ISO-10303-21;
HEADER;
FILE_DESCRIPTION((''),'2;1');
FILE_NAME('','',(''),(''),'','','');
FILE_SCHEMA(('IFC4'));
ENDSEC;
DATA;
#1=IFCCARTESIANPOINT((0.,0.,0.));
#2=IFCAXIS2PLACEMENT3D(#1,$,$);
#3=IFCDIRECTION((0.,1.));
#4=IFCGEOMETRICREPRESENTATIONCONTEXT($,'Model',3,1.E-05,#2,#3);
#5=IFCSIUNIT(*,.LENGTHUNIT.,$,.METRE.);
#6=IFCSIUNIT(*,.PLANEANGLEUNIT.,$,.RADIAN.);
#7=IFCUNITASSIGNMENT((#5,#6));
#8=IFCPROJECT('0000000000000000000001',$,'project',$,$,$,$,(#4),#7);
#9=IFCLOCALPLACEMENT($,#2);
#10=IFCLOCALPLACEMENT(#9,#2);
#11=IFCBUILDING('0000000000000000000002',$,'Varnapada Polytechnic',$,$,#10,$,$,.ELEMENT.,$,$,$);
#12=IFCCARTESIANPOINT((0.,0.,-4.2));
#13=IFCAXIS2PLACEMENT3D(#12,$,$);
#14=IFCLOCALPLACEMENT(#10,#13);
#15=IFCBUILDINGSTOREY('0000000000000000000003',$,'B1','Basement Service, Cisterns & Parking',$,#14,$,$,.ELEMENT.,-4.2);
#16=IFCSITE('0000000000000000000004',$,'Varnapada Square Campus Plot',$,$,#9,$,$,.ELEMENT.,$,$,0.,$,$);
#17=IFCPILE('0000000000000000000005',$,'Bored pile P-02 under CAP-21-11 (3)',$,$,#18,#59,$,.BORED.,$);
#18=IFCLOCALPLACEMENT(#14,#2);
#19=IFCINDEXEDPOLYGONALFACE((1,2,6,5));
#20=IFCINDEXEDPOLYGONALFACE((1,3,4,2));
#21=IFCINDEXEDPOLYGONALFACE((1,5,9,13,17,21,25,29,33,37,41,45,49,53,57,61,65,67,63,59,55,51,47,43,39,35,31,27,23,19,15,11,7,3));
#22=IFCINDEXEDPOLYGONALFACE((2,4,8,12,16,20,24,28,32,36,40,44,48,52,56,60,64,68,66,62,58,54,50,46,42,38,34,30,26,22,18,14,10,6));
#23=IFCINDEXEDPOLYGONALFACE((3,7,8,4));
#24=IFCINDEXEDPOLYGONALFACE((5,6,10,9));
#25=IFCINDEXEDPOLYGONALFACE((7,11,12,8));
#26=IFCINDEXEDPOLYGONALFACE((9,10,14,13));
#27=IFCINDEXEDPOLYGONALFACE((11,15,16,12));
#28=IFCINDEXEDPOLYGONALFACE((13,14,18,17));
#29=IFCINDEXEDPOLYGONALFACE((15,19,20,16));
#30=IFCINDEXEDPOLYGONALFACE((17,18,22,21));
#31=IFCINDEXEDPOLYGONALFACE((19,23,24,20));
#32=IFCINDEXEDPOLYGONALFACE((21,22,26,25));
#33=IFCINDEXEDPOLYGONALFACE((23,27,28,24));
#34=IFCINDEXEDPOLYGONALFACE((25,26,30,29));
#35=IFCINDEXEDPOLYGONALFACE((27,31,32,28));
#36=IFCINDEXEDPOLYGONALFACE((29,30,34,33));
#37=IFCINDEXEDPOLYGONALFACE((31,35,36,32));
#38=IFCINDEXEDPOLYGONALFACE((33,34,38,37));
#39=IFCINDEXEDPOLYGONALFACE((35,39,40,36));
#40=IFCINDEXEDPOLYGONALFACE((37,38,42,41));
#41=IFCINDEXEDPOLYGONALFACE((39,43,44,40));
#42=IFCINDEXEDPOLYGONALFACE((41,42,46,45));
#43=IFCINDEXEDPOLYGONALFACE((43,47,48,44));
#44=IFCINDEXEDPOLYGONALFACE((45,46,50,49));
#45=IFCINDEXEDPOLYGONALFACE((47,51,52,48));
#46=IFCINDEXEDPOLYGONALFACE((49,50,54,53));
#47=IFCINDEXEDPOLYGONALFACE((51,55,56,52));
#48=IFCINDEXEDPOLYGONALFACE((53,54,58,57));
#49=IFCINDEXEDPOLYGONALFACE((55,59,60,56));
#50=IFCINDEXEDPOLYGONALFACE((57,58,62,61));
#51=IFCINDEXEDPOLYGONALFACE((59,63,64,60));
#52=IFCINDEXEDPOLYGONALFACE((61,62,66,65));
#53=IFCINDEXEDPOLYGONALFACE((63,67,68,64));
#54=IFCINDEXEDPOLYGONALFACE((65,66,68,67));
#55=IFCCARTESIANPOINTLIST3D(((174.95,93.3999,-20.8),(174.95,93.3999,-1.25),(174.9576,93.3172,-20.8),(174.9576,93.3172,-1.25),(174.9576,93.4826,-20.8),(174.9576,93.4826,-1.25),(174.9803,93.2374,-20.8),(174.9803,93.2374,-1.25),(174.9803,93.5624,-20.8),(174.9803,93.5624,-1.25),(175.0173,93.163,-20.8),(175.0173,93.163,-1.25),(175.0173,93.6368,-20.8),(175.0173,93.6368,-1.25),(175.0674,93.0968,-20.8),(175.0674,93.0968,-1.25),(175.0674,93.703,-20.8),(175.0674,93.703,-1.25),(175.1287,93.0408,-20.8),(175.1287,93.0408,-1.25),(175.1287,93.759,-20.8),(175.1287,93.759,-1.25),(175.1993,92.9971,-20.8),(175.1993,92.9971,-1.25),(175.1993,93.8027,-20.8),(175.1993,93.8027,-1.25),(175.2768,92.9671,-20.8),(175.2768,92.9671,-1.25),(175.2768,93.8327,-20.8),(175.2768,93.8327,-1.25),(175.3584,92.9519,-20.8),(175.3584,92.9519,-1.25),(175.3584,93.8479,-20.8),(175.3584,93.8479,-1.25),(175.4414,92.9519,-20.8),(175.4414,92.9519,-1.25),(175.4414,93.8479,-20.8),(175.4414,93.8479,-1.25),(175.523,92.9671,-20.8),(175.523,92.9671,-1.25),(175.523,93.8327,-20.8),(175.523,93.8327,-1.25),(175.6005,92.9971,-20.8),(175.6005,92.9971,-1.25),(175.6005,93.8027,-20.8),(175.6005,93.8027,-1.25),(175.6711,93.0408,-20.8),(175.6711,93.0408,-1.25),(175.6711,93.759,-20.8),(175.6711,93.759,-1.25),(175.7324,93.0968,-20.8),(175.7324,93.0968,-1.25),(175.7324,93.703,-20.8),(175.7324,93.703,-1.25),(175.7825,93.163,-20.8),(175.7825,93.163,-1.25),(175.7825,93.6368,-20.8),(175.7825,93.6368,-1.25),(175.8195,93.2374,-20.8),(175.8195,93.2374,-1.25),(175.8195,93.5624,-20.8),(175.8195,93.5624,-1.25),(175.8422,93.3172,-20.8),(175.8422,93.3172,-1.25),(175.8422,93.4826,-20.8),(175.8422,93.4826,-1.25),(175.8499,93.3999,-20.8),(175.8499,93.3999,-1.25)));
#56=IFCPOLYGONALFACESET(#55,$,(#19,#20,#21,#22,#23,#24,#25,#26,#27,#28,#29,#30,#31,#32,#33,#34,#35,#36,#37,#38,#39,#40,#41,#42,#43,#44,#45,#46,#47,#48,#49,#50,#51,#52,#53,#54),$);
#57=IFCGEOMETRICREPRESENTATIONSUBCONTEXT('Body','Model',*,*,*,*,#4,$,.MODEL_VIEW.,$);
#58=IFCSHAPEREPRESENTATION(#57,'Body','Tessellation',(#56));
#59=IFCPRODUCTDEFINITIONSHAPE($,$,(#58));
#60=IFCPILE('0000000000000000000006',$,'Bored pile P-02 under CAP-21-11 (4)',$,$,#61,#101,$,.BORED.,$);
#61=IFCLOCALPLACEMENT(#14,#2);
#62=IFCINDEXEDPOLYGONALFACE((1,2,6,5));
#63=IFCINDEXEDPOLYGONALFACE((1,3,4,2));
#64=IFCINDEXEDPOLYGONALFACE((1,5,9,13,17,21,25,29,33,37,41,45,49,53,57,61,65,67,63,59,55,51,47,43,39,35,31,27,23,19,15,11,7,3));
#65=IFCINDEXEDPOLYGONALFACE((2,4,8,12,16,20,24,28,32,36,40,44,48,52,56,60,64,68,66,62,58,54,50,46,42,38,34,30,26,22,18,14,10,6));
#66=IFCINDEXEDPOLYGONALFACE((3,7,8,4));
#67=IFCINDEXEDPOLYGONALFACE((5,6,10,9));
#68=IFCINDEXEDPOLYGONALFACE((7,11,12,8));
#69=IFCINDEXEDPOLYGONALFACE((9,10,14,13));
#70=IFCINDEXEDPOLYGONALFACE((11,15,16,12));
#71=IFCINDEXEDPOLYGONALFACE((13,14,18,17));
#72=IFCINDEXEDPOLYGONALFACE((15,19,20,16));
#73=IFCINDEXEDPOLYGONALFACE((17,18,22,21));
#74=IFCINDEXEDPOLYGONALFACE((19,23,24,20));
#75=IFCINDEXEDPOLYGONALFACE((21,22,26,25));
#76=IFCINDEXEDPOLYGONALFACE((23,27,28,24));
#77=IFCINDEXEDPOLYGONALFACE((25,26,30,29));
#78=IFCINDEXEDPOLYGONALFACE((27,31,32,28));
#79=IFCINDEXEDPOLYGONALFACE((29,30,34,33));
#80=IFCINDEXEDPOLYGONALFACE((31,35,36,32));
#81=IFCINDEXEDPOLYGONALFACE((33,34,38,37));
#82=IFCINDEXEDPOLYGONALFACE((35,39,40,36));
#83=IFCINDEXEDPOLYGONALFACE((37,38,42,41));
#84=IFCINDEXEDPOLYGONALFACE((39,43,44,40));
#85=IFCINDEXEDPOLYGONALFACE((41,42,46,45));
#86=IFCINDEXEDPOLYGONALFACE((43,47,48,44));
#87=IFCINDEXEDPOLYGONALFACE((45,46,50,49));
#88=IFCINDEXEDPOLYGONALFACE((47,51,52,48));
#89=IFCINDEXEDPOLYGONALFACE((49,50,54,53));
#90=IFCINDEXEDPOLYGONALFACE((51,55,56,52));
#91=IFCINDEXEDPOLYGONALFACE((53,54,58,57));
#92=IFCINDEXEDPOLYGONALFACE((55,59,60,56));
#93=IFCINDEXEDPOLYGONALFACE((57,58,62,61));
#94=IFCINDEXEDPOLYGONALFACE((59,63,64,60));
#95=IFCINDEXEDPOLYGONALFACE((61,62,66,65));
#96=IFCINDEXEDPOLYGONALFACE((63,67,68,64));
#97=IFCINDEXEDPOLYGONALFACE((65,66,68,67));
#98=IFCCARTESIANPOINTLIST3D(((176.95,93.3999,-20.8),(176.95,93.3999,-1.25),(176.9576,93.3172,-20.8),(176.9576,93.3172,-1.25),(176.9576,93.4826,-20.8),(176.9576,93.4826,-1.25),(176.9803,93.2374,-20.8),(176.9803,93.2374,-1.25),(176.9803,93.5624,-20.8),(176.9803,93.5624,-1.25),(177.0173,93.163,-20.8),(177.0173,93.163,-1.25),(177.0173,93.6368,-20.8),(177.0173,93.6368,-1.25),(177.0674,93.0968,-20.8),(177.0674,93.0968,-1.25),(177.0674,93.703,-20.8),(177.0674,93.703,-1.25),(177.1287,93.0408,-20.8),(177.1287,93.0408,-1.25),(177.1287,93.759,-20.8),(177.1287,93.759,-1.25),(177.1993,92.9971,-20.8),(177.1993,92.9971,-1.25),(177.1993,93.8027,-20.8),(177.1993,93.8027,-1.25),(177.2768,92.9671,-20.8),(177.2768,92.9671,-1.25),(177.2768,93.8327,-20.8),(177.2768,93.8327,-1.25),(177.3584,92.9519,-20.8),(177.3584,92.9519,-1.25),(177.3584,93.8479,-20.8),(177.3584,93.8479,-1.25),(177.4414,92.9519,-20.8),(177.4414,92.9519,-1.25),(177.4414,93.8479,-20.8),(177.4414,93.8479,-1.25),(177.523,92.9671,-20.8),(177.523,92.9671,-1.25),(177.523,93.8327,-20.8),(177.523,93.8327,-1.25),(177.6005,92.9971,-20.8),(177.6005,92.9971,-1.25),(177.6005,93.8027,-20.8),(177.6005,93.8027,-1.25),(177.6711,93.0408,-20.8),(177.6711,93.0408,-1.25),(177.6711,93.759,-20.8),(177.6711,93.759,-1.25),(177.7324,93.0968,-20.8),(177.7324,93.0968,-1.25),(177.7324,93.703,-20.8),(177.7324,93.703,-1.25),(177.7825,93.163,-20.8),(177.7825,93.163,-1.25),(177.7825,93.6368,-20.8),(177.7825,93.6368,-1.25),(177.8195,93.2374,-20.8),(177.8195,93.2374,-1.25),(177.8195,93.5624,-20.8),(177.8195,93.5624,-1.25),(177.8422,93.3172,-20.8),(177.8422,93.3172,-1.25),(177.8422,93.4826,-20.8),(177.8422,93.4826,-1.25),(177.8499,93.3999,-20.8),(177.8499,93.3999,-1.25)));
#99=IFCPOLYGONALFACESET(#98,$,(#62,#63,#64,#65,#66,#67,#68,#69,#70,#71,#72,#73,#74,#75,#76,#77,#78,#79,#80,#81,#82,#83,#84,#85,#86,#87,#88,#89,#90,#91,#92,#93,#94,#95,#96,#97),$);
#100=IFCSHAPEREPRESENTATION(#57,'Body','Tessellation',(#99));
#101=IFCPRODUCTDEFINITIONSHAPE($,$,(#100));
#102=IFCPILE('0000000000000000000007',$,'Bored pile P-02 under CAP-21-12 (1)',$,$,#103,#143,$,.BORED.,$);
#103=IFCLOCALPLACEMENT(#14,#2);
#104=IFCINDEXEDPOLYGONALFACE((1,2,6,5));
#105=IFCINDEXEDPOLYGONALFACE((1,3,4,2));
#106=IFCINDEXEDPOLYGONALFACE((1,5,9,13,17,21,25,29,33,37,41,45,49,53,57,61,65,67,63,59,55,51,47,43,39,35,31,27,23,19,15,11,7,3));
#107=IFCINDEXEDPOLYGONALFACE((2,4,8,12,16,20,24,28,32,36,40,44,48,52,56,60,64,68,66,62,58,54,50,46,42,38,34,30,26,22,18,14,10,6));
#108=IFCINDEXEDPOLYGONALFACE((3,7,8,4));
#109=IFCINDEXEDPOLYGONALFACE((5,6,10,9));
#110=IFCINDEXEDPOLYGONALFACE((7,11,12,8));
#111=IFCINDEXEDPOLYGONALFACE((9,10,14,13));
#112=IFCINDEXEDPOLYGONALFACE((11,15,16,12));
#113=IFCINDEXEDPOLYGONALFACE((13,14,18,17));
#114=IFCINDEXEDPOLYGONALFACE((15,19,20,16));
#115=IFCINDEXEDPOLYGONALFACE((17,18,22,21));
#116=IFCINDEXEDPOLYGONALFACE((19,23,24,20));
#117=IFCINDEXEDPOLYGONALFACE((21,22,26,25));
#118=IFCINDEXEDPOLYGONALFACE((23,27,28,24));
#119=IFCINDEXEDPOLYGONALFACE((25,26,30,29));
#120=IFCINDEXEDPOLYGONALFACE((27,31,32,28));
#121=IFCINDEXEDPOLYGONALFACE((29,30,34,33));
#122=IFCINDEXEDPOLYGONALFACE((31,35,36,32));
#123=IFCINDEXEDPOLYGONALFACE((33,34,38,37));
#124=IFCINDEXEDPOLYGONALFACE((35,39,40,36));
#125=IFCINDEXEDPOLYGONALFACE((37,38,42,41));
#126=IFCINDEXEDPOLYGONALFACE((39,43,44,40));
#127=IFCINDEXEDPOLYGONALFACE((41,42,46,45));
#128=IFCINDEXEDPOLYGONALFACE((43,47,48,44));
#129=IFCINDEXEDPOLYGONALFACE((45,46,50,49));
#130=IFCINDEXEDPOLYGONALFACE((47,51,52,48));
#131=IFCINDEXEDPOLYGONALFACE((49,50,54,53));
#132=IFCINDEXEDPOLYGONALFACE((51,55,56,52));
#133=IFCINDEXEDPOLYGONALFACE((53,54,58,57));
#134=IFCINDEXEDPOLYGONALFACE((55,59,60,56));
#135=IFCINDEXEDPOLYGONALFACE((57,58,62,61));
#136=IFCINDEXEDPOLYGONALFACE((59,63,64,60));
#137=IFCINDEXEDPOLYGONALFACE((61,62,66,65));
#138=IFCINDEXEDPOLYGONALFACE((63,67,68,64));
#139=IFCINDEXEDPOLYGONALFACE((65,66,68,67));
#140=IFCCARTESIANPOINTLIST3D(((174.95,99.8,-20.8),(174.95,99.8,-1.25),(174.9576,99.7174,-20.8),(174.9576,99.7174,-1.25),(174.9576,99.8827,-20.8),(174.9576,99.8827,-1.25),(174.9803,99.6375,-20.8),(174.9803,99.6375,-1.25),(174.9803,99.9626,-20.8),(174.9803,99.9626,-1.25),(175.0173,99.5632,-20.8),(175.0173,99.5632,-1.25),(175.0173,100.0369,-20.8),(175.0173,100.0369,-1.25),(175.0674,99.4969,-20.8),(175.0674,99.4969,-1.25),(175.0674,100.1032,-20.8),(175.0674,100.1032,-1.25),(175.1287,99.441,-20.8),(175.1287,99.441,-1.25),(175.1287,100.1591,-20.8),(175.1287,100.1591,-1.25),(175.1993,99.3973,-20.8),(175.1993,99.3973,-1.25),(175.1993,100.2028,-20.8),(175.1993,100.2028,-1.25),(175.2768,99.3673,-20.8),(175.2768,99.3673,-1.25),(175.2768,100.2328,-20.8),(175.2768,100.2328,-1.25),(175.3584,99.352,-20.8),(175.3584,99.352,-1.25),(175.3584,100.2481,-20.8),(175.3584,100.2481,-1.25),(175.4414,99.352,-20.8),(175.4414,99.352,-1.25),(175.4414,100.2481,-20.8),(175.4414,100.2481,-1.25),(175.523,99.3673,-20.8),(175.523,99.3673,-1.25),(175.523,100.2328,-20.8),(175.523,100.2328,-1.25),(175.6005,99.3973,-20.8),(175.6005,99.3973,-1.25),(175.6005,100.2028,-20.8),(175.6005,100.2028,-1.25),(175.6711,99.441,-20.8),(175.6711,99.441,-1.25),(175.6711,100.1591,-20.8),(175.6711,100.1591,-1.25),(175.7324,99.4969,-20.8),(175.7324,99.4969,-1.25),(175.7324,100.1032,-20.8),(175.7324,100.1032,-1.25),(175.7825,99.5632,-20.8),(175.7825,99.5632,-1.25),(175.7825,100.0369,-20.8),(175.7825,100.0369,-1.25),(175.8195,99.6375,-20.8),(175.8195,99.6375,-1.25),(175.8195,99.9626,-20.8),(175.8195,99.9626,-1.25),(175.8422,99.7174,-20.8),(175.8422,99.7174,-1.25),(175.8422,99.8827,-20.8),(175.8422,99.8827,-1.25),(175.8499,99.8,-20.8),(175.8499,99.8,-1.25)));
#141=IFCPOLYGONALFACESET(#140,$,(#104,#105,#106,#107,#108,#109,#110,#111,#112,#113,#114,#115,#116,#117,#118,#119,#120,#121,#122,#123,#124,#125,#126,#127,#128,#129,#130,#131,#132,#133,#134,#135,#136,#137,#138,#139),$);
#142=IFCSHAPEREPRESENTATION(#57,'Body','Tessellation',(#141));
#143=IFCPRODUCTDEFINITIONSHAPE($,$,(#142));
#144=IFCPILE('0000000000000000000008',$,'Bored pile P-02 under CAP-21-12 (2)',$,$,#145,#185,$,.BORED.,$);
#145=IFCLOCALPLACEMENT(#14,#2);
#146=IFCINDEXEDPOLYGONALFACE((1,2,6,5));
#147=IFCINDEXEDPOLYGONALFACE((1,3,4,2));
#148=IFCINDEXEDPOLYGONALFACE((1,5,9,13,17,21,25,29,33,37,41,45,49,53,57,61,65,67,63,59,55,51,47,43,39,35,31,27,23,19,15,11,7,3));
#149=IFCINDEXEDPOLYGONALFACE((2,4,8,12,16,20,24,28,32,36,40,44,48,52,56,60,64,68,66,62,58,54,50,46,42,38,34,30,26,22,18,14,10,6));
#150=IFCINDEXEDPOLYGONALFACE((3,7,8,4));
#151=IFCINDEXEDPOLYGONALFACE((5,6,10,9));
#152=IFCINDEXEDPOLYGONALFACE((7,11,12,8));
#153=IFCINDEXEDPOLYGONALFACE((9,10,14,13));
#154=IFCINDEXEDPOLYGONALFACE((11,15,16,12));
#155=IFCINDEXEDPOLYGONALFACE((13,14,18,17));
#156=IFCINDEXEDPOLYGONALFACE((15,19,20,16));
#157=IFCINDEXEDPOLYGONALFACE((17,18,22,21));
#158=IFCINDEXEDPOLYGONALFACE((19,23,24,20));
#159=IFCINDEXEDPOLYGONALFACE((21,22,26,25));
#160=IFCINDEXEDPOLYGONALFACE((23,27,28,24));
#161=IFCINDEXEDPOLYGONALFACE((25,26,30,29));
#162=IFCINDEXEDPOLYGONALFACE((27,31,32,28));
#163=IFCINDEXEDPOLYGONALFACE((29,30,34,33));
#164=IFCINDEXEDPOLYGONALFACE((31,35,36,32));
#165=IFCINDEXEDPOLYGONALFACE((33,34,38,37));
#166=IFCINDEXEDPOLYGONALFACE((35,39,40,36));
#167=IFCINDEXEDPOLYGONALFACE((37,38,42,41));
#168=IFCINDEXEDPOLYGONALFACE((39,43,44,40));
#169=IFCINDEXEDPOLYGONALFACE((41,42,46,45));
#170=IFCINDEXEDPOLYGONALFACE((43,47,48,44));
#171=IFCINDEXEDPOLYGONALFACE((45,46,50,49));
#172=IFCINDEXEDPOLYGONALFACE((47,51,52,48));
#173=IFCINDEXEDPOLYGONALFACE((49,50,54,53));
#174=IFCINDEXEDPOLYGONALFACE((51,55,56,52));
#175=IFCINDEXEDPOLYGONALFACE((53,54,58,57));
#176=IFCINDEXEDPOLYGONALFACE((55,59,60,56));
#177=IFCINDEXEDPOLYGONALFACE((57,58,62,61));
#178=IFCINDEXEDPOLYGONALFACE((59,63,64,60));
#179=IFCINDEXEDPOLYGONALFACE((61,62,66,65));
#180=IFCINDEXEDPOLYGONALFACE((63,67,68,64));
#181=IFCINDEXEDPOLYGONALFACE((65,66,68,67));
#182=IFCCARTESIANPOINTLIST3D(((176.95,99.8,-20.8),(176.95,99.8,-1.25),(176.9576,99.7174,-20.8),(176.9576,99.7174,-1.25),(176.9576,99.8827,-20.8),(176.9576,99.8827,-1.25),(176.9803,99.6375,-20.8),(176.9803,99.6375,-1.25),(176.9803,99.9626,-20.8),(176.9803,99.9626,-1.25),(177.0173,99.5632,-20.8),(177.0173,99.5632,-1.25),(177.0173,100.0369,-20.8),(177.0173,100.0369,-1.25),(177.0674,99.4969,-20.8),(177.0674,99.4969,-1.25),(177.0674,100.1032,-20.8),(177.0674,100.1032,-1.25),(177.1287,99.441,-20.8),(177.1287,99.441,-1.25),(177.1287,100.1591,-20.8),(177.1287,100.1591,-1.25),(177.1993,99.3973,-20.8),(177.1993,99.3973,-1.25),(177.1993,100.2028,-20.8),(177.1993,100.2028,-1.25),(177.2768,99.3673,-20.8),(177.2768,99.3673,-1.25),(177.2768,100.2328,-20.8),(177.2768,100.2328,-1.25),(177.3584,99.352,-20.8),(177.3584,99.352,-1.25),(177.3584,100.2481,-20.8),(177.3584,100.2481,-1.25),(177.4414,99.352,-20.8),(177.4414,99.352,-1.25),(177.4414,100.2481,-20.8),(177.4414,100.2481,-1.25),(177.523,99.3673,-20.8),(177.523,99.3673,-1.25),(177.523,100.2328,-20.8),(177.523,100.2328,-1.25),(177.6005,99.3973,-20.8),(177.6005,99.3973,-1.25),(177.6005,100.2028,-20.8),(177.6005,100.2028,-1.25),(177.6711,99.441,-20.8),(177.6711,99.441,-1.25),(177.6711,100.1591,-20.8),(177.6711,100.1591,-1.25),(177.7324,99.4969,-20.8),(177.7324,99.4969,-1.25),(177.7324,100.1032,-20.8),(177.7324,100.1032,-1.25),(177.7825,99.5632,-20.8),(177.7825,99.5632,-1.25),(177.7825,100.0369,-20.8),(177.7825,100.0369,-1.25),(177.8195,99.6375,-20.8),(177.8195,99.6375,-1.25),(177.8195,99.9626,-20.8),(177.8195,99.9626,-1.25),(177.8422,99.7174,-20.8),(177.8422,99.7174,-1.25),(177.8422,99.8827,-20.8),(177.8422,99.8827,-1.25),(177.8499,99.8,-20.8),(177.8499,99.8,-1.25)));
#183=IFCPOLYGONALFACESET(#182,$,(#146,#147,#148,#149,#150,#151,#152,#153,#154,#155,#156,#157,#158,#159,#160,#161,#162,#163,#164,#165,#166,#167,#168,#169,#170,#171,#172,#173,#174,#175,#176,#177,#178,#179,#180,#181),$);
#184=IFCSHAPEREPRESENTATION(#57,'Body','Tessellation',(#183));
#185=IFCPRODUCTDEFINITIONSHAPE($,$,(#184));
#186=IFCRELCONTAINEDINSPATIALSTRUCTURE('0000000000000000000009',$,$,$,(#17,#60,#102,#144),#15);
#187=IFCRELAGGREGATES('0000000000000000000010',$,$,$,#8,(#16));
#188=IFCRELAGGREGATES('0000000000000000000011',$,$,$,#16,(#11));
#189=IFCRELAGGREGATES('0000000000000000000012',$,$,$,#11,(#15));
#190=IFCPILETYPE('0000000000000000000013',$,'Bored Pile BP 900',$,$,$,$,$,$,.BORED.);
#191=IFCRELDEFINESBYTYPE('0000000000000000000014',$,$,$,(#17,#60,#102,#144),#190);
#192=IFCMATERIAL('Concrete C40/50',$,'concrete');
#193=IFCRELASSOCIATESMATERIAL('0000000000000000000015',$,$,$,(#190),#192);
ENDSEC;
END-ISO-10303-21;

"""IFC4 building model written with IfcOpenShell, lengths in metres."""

from ifc_helpers import new_model, si_unit, direction, frame, origin, origin_2d, place, context, subcontext, project, spatial, circle, extrude, material, material_profile, profile_set, type_object, element, save


model = new_model("IFC4")

# Units and contexts
model_context = context("Model", 3, precision=1e-05, world=origin(), true_north=direction((0.0, 1.0)))
body_context = subcontext(model_context, "Body", "Model", "MODEL_VIEW")
ifc_project = project(units=[si_unit("LENGTHUNIT", "METRE"), si_unit("PLANEANGLEUNIT", "RADIAN")], contexts=[model_context])

# Site, building, storey
site_placement = place(None, origin())
site = spatial("IfcSite", under=ifc_project, at=site_placement, Name="Varnapada Square Campus Plot", CompositionType="ELEMENT", RefElevation=0.0)
building_placement = place(site_placement, origin())
building = spatial("IfcBuilding", under=site, at=building_placement, Name="Varnapada Polytechnic", CompositionType="ELEMENT")
storey_placement = place(building_placement, frame((0.0, 0.0, -4.2)))
storey = spatial("IfcBuildingStorey", under=building, at=storey_placement, Name="B1", Description="Basement Service, Cisterns & Parking", CompositionType="ELEMENT", Elevation=-4.2)

# Piles
ifc_material_1 = material(Name="Concrete C40/50", Category="concrete")
ifc_material_profile_1 = material_profile(ifc_material_1, circle(Radius=0.45, at=origin_2d()), Name="BP 900")
ifc_profile_set_1 = profile_set([ifc_material_profile_1], Name="Concrete C40/50")
pile_type = type_object("IfcPileType", Name="Bored Pile BP 900", PredefinedType="BORED", material=ifc_profile_set_1)
for number, where, z_axis, x_axis, name in (
    (1, (175.3999, 93.3999, -1.25), (0.0, 0.0, -1.0), (1.0, 0.0, 0.0), "Bored pile P-02 under CAP-21-11 (3)"),
    (2, (177.3999, 93.3999, -1.25), (0.0, 0.0, -1.0), (1.0, 0.0, 0.0), "Bored pile P-02 under CAP-21-11 (4)"),
    (3, (175.3999, 99.8, -1.25), (0.0, 0.0, -1.0), (1.0, 0.0, 0.0), "Bored pile P-02 under CAP-21-12 (1)"),
    (4, (177.3999, 99.8, -1.25), (0.0, 0.0, -1.0), (1.0, 0.0, 0.0), "Bored pile P-02 under CAP-21-12 (2)"),
):
    element("IfcPile", number, at=place(storey_placement, frame(where, z_axis=z_axis, x_axis=x_axis)), inside=storey, type_object=pile_type, Name=name, PredefinedType="BORED", context=body_context, shape_type="SweptSolid", body=[
        extrude(circle(Radius=0.45, at=origin_2d()), origin(), (0.0, 0.0, 1.0), 19.55),
    ])

save(model, "model.ifc")
